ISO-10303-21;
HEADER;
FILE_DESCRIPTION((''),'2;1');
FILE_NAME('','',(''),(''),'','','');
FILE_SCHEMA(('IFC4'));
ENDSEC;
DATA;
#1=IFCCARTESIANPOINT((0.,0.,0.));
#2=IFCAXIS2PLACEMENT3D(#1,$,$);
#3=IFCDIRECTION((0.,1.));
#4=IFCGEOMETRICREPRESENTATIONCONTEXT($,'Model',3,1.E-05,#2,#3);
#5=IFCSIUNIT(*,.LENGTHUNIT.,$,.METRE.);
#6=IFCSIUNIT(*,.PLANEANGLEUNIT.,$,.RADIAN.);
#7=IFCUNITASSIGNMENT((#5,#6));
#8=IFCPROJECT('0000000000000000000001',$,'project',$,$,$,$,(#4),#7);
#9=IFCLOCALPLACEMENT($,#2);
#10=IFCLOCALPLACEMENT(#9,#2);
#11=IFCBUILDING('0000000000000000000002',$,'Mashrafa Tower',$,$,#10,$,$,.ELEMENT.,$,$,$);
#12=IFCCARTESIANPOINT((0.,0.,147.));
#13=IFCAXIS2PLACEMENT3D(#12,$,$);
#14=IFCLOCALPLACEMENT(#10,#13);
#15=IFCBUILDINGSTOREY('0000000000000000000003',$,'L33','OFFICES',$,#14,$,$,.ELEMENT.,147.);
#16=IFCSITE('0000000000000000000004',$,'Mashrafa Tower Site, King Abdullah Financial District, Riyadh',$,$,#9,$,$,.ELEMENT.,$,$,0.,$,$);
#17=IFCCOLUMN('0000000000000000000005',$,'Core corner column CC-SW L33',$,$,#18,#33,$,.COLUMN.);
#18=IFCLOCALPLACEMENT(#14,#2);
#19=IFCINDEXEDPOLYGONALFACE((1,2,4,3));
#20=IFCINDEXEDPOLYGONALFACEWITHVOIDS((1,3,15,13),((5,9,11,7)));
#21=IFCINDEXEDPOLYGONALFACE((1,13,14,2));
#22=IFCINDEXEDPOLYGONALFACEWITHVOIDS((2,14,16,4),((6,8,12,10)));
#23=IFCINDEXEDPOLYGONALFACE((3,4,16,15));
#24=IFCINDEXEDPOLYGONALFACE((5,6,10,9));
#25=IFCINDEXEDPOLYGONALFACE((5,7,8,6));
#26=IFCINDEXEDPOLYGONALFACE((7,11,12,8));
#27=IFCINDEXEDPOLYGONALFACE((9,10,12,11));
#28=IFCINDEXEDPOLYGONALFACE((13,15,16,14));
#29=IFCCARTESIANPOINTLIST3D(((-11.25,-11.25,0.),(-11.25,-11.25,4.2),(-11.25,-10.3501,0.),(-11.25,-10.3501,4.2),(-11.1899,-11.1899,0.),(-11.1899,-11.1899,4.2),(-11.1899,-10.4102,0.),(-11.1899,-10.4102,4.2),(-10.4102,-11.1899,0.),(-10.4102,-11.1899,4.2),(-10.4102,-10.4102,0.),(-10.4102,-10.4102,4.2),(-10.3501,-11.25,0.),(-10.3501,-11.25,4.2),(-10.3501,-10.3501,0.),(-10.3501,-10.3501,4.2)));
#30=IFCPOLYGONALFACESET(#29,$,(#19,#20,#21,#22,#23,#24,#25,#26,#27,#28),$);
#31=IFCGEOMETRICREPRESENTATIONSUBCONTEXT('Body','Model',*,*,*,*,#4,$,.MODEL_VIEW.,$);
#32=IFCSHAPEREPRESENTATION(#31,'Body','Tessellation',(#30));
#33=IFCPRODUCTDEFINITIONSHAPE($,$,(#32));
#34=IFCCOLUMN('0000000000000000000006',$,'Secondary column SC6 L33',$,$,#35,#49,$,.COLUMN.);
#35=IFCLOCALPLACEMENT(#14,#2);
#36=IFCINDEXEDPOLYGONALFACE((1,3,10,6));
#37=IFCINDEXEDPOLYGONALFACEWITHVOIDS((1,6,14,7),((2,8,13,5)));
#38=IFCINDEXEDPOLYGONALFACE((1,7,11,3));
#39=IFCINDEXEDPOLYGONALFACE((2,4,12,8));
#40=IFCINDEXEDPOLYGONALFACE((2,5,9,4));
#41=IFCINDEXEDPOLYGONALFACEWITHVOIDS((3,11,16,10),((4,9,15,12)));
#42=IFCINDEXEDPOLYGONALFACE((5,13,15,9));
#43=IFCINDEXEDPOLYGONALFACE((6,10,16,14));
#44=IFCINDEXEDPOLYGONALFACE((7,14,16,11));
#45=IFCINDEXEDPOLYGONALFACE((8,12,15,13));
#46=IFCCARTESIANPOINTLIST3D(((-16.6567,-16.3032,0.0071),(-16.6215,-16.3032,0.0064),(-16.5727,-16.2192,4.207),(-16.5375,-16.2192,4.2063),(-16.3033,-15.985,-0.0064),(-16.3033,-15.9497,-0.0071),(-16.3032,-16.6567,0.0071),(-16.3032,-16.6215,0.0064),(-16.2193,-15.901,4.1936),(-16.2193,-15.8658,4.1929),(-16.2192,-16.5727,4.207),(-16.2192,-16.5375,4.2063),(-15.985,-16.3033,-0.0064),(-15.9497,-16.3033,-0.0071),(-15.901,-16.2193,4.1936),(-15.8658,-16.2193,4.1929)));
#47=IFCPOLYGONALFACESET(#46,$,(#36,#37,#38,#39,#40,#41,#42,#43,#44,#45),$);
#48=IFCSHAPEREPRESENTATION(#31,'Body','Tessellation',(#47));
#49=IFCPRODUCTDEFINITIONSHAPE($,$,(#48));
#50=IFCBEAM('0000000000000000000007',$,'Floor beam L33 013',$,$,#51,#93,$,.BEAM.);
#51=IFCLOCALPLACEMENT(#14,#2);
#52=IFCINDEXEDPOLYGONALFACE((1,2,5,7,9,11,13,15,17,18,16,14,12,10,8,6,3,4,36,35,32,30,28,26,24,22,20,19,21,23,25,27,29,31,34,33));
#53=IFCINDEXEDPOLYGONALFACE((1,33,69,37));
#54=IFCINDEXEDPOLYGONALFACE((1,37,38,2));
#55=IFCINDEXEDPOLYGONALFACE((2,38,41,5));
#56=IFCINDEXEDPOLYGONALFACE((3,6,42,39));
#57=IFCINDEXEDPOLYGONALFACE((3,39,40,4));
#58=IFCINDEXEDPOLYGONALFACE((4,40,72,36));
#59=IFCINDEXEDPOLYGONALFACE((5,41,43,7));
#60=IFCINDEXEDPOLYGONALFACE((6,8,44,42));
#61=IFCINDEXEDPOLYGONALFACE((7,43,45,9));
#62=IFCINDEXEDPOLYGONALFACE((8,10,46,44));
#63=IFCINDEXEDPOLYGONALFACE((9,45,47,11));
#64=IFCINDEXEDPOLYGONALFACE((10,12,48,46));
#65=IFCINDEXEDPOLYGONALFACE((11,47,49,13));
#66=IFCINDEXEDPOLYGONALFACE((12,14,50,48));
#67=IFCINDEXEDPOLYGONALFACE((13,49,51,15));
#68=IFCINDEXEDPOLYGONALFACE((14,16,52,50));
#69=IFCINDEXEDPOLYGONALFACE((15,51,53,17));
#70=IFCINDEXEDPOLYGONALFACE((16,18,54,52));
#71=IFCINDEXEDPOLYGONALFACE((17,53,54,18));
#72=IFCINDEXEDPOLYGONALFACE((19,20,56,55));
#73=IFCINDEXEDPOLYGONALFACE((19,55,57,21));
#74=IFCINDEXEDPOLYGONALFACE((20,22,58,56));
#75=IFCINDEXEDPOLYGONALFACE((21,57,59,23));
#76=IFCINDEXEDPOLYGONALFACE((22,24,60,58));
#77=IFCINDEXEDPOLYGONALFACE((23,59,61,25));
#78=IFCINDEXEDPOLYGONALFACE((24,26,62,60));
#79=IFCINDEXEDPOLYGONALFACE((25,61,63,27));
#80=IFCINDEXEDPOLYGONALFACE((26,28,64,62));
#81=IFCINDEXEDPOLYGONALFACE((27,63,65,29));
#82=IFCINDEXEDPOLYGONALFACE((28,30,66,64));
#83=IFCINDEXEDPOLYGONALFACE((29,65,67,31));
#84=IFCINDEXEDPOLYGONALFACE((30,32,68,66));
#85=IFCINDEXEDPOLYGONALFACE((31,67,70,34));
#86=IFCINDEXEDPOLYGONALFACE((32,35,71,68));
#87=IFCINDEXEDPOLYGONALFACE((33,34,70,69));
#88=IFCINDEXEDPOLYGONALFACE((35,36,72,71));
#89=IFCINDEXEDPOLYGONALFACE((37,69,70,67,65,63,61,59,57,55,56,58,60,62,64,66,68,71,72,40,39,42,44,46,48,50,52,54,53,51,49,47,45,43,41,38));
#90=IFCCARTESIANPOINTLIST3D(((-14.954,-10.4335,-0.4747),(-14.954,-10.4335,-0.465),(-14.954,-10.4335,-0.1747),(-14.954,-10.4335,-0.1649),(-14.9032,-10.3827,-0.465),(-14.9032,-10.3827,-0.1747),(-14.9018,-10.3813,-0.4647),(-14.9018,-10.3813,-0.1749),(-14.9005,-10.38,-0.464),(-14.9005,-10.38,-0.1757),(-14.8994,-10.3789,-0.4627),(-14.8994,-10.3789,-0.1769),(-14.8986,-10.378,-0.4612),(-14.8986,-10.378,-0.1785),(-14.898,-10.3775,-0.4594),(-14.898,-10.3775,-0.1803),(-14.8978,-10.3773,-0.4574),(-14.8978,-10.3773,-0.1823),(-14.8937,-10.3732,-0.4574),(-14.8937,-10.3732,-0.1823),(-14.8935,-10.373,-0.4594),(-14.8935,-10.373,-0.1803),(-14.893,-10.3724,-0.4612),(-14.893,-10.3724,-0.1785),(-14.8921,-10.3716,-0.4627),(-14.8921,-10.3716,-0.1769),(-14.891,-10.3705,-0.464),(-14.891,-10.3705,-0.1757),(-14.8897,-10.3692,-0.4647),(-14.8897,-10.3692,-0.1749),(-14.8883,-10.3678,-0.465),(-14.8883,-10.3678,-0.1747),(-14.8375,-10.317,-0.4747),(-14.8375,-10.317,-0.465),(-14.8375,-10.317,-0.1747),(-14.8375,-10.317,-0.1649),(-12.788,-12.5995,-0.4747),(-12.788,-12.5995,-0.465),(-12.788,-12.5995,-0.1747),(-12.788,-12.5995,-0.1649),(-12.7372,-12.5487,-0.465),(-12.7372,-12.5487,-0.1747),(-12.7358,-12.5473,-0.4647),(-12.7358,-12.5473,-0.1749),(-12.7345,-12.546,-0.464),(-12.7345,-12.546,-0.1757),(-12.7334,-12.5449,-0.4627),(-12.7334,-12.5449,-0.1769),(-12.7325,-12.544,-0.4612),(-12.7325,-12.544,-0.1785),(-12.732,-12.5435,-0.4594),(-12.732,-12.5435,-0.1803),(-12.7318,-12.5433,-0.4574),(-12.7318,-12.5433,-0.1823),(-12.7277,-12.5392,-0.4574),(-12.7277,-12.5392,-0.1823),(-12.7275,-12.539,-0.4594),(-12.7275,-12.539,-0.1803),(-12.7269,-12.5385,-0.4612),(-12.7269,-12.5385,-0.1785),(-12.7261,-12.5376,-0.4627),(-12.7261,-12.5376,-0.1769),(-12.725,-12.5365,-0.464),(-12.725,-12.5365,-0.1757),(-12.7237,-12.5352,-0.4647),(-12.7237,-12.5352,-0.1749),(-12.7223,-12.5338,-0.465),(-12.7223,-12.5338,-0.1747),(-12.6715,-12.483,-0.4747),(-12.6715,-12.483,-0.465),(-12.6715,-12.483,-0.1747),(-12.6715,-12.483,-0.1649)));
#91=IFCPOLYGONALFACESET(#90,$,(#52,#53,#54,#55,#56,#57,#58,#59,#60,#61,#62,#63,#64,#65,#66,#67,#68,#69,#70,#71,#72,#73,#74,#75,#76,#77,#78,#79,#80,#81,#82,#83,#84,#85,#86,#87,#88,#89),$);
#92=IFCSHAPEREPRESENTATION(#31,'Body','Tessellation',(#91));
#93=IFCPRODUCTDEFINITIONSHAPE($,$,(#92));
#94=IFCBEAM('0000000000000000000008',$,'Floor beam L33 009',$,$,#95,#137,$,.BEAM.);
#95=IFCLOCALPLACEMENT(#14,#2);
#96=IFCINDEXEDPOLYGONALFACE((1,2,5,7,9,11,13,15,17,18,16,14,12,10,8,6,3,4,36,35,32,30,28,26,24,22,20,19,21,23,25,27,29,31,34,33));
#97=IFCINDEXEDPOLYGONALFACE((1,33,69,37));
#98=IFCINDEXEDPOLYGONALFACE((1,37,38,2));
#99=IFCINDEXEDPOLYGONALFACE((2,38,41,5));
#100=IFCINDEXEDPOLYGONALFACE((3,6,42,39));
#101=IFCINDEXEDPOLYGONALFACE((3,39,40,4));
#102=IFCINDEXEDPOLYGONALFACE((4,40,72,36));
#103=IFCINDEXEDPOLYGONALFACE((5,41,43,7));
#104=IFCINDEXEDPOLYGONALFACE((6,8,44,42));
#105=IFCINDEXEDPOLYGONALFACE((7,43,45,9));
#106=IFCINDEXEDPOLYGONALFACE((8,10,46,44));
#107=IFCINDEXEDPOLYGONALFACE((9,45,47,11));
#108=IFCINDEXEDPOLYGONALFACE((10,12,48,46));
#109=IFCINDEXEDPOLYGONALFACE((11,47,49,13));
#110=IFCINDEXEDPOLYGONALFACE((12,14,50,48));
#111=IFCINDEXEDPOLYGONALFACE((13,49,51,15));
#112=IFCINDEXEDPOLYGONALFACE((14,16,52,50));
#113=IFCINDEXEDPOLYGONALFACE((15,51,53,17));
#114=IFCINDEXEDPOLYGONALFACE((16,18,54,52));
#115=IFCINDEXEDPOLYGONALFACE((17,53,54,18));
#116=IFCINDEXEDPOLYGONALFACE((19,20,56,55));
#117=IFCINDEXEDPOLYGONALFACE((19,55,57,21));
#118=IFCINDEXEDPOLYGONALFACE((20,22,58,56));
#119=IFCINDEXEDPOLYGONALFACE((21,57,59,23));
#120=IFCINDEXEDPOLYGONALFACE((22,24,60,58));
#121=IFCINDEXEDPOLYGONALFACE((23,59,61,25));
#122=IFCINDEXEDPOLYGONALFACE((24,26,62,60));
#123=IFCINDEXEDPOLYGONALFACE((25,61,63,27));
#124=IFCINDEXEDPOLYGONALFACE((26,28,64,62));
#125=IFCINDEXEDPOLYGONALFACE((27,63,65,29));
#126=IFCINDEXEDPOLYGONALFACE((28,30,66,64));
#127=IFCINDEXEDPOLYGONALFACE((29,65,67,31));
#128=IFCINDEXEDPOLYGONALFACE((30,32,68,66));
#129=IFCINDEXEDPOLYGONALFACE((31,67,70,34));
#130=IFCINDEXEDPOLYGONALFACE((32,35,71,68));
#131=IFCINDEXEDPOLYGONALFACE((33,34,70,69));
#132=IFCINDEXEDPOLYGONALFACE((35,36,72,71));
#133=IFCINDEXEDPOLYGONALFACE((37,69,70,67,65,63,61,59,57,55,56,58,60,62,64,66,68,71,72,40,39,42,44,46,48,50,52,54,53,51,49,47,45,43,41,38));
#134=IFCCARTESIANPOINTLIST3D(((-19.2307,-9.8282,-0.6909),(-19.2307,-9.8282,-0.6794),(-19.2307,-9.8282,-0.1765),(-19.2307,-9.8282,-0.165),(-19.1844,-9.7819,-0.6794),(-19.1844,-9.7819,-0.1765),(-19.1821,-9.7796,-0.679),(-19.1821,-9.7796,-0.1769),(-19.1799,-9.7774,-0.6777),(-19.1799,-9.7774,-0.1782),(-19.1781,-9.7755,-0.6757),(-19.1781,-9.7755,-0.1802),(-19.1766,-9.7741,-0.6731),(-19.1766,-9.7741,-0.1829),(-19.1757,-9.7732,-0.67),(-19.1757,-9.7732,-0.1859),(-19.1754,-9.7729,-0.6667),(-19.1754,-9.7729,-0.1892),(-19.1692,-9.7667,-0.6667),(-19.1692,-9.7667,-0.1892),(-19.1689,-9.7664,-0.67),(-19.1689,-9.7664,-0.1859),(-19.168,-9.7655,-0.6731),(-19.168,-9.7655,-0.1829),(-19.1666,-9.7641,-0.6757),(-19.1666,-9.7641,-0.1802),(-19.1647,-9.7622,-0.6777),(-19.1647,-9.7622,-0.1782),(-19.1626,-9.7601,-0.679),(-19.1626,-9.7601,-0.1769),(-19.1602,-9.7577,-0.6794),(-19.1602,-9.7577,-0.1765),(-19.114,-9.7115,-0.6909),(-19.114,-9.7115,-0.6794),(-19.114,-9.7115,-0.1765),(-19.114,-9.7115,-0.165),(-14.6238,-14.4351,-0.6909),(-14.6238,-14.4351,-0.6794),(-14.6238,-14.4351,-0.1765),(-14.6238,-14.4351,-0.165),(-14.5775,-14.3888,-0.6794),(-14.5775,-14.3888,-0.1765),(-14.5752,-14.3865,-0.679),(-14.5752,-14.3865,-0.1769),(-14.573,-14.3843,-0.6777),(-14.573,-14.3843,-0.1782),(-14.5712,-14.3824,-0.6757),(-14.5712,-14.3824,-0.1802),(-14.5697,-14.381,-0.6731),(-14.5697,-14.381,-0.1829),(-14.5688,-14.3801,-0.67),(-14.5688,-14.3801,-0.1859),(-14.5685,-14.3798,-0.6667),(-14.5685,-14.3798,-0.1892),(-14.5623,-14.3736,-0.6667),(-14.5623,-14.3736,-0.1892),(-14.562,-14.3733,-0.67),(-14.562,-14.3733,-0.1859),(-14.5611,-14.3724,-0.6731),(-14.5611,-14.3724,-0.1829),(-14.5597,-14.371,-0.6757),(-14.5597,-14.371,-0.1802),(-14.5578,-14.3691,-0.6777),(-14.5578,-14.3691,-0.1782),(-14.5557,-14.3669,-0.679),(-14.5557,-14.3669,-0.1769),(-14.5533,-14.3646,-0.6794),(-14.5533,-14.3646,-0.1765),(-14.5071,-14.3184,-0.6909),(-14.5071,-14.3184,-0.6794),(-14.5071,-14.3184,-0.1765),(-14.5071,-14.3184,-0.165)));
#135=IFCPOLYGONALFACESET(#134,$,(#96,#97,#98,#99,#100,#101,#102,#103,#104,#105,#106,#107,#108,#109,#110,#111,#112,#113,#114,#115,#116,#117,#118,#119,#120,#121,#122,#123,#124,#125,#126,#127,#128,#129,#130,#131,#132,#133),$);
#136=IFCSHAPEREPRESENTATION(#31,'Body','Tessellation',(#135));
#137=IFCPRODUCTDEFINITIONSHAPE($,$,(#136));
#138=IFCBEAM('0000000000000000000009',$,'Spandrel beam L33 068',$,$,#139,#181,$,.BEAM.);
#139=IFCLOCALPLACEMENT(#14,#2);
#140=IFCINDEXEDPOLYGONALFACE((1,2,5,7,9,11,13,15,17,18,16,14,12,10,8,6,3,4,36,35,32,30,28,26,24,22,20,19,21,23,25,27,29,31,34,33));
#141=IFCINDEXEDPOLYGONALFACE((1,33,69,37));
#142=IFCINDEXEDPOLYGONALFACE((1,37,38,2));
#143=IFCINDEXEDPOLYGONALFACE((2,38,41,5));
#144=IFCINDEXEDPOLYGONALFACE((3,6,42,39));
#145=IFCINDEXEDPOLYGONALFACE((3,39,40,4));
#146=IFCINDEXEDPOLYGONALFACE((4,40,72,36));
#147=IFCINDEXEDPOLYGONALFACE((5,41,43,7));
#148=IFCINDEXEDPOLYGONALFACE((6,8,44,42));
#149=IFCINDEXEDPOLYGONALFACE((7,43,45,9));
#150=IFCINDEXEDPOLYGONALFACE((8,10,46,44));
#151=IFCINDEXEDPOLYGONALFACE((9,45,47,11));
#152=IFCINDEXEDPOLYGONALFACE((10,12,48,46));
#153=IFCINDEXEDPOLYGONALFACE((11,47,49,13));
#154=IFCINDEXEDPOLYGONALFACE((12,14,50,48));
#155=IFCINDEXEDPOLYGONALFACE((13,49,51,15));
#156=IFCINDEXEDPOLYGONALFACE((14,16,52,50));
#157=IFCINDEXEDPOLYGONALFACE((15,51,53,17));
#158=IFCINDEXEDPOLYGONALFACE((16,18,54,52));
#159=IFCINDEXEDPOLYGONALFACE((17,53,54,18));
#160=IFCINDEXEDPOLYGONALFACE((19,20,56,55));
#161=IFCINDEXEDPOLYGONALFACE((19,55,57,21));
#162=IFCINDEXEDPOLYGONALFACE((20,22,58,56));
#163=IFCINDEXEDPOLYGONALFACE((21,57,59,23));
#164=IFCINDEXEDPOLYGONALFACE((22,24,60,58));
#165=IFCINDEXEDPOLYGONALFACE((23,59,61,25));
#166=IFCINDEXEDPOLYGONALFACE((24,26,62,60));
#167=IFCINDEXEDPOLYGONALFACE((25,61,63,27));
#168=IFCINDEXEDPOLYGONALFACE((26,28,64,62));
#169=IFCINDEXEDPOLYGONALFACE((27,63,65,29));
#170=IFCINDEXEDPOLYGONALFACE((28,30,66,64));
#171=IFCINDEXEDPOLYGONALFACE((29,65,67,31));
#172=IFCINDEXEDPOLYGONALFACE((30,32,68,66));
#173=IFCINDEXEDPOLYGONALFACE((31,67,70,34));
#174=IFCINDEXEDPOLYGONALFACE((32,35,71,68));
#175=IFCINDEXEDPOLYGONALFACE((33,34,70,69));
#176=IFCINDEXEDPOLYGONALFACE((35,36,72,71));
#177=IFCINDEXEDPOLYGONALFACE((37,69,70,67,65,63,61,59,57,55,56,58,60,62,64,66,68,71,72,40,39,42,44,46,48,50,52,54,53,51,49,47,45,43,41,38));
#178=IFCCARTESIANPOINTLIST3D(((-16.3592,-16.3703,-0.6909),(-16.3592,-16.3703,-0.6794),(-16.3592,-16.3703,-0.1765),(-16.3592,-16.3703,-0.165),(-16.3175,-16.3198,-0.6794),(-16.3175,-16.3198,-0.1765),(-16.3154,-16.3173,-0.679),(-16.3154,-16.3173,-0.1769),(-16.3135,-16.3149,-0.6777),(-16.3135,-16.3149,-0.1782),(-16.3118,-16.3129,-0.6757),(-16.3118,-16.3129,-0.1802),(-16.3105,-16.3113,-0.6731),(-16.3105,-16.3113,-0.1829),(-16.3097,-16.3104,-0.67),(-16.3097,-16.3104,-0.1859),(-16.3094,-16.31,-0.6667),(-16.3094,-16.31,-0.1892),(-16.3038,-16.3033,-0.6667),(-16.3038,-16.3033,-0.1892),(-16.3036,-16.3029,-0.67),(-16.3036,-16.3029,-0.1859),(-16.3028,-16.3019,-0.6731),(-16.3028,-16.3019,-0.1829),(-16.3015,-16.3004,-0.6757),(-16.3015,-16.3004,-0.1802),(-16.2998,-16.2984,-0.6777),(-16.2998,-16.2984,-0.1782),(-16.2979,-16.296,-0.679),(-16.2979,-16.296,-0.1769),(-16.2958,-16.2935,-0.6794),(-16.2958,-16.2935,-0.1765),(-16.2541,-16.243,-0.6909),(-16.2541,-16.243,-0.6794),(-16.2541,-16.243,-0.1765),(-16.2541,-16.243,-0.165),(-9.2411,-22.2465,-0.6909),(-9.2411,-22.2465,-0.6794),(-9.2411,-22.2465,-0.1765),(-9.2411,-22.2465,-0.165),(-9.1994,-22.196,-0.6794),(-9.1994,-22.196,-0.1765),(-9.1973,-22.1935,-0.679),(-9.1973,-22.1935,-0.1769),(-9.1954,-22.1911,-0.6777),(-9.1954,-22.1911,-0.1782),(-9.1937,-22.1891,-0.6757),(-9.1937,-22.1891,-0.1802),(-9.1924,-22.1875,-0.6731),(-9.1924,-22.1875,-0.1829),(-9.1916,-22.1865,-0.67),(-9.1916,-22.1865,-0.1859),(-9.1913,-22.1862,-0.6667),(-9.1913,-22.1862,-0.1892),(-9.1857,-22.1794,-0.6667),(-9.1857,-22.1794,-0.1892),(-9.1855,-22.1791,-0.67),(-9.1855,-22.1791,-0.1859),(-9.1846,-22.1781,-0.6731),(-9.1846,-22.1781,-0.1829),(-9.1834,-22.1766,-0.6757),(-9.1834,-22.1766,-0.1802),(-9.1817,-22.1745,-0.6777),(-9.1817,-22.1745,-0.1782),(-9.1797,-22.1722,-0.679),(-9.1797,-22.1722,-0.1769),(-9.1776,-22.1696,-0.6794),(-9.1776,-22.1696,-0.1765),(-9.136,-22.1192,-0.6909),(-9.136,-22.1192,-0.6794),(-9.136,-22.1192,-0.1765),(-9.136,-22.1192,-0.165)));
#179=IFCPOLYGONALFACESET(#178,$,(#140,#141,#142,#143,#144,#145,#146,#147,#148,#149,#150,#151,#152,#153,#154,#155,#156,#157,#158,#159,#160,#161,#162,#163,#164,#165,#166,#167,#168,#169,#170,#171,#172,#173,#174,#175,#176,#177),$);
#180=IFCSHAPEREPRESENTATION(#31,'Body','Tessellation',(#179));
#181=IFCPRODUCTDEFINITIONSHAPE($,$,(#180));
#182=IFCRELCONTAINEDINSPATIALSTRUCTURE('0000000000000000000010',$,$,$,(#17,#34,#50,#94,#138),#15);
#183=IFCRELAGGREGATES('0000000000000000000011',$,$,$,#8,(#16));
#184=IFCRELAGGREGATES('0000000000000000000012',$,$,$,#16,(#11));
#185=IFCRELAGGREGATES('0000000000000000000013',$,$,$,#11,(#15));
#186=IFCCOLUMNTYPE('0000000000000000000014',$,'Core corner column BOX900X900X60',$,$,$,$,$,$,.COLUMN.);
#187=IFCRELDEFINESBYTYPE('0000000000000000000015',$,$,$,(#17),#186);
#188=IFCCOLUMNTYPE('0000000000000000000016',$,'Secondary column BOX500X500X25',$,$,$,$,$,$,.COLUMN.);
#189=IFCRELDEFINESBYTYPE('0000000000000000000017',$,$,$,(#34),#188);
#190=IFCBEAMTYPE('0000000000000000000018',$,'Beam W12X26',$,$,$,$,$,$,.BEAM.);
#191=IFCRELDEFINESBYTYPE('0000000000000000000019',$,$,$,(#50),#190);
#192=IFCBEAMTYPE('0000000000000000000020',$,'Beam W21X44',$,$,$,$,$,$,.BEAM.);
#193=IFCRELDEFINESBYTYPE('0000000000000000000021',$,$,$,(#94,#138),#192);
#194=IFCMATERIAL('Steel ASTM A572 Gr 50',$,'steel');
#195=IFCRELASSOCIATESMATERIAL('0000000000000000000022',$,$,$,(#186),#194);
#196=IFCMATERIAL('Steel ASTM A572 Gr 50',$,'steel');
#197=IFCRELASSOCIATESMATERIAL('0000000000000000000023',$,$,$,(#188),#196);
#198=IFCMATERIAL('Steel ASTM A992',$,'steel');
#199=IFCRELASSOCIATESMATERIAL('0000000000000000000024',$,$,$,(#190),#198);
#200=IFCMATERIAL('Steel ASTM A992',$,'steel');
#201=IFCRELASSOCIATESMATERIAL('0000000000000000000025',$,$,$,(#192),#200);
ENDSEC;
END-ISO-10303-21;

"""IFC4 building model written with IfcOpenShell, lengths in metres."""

from ifc_helpers import new_model, si_unit, direction, frame, origin, origin_2d, place, context, subcontext, project, spatial, hollow_rectangle, i_section, extrude, material, material_profile, profile_set, type_object, element, save


model = new_model("IFC4")

# Units and contexts
model_context = context("Model", 3, precision=1e-05, world=origin(), true_north=direction((0.0, 1.0)))
body_context = subcontext(model_context, "Body", "Model", "MODEL_VIEW")
ifc_project = project(units=[si_unit("LENGTHUNIT", "METRE"), si_unit("PLANEANGLEUNIT", "RADIAN")], contexts=[model_context])

# Site, building, storey
site_placement = place(None, origin())
site = spatial("IfcSite", under=ifc_project, at=site_placement, Name="Mashrafa Tower Site, King Abdullah Financial District, Riyadh", CompositionType="ELEMENT", RefElevation=0.0)
building_placement = place(site_placement, origin())
building = spatial("IfcBuilding", under=site, at=building_placement, Name="Mashrafa Tower", CompositionType="ELEMENT")
storey_placement = place(building_placement, frame((0.0, 0.0, 147.0)))
storey = spatial("IfcBuildingStorey", under=building, at=storey_placement, Name="L33", Description="OFFICES", CompositionType="ELEMENT", Elevation=147.0)

# Columns
ifc_material_1 = material(Name="Steel ASTM A572 Gr 50", Category="steel")
ifc_material_profile_1 = material_profile(ifc_material_1, hollow_rectangle(XDim=0.8999, YDim=0.8999, WallThickness=0.0601, at=origin_2d()), Name="BOX900X900X60")
ifc_profile_set_1 = profile_set([ifc_material_profile_1], Name="Steel ASTM A572 Gr 50")
column_type_1 = type_object("IfcColumnType", Name="Core corner column BOX900X900X60", PredefinedType="COLUMN", material=ifc_profile_set_1)
column_1_placement = place(storey_placement, frame((-10.8, -10.8, 0.0), z_axis=(0.0, 0.0, 1.0), x_axis=(1.0, 0.0, 0.0)))
element("IfcColumn", 1, at=column_1_placement, inside=storey, type_object=column_type_1, Name="Core corner column CC-SW L33", PredefinedType="COLUMN", context=body_context, shape_type="SweptSolid", body=[
    extrude(hollow_rectangle(XDim=0.8999, YDim=0.8999, WallThickness=0.0601, at=origin_2d()), origin(), (0.0, 0.0, 1.0), 4.2),
])
ifc_material_2 = material(Name="Steel ASTM A572 Gr 50", Category="steel")
ifc_material_profile_2 = material_profile(ifc_material_2, hollow_rectangle(XDim=0.5, YDim=0.5, WallThickness=0.0249, at=origin_2d()), Name="BOX500X500X25")
ifc_profile_set_2 = profile_set([ifc_material_profile_2], Name="Steel ASTM A572 Gr 50")
column_type_2 = type_object("IfcColumnType", Name="Secondary column BOX500X500X25", PredefinedType="COLUMN", material=ifc_profile_set_2)
column_2_placement = place(storey_placement, frame((-16.3032, -16.3032, 0.0), z_axis=(0.019989, 0.019989, 0.9996), x_axis=(-0.707107, 0.707107, 0.0)))
element("IfcColumn", 2, at=column_2_placement, inside=storey, type_object=column_type_2, Name="Secondary column SC6 L33", PredefinedType="COLUMN", context=body_context, shape_type="SweptSolid", body=[
    extrude(hollow_rectangle(XDim=0.5, YDim=0.5, WallThickness=0.0249, at=origin_2d()), origin(), (0.0, 0.0, 1.0), 4.2017),
])

# Beams
ifc_material_3 = material(Name="Steel ASTM A992", Category="steel")
ifc_material_profile_3 = material_profile(ifc_material_3, i_section(OverallWidth=0.1648, OverallDepth=0.3098, WebThickness=0.0059, FlangeThickness=0.0098, FilletRadius=0.0076, at=origin_2d()), Name="W12X26")
ifc_profile_set_3 = profile_set([ifc_material_profile_3], Name="Steel ASTM A992")
beam_type_1 = type_object("IfcBeamType", Name="Beam W12X26", PredefinedType="BEAM", material=ifc_profile_set_3)
beam_1_placement = place(storey_placement, frame((-12.7297, -12.5413, -0.3198), z_axis=(-0.707107, 0.707107, 0.0), x_axis=(-0.707107, -0.707107, 0.0)))
element("IfcBeam", 3, at=beam_1_placement, inside=storey, type_object=beam_type_1, Name="Floor beam L33 013", PredefinedType="BEAM", context=body_context, shape_type="SweptSolid", body=[
    extrude(i_section(OverallWidth=0.1648, OverallDepth=0.3098, WebThickness=0.0059, FlangeThickness=0.0098, FilletRadius=0.0076, at=origin_2d()), origin(), (0.0, 0.0, 1.0), 3.0632),
])
ifc_material_4 = material(Name="Steel ASTM A992", Category="steel")
ifc_material_profile_4 = material_profile(ifc_material_4, i_section(OverallWidth=0.165, OverallDepth=0.5259, WebThickness=0.0088, FlangeThickness=0.0115, FilletRadius=0.0127, at=origin_2d()), Name="W21X44")
ifc_profile_set_4 = profile_set([ifc_material_profile_4], Name="Steel ASTM A992")
beam_type_2 = type_object("IfcBeamType", Name="Beam W21X44", PredefinedType="BEAM", material=ifc_profile_set_4)
beam_2_placement = place(storey_placement, frame((-14.5654, -14.3767, -0.428), z_axis=(-0.707107, 0.707107, 0.0), x_axis=(-0.707107, -0.707107, 0.0)))
element("IfcBeam", 4, at=beam_2_placement, inside=storey, type_object=beam_type_2, Name="Floor beam L33 009", PredefinedType="BEAM", context=body_context, shape_type="SweptSolid", body=[
    extrude(i_section(OverallWidth=0.165, OverallDepth=0.5259, WebThickness=0.0088, FlangeThickness=0.0115, FilletRadius=0.0127, at=origin_2d()), origin(), (0.0, 0.0, 1.0), 6.5151),
])
beam_3_placement = place(storey_placement, frame((-16.3066, -16.3066, -0.428), z_axis=(0.771175, -0.636624, 0.0), x_axis=(0.636624, 0.771175, 0.0)))
element("IfcBeam", 5, at=beam_3_placement, inside=storey, type_object=beam_type_2, Name="Spandrel beam L33 068", PredefinedType="BEAM", context=body_context, shape_type="SweptSolid", body=[
    extrude(i_section(OverallWidth=0.165, OverallDepth=0.5259, WebThickness=0.0088, FlangeThickness=0.0115, FilletRadius=0.0127, at=origin_2d()), origin(), (0.0, 0.0, 1.0), 9.2302),
])

save(model, "model.ifc")
